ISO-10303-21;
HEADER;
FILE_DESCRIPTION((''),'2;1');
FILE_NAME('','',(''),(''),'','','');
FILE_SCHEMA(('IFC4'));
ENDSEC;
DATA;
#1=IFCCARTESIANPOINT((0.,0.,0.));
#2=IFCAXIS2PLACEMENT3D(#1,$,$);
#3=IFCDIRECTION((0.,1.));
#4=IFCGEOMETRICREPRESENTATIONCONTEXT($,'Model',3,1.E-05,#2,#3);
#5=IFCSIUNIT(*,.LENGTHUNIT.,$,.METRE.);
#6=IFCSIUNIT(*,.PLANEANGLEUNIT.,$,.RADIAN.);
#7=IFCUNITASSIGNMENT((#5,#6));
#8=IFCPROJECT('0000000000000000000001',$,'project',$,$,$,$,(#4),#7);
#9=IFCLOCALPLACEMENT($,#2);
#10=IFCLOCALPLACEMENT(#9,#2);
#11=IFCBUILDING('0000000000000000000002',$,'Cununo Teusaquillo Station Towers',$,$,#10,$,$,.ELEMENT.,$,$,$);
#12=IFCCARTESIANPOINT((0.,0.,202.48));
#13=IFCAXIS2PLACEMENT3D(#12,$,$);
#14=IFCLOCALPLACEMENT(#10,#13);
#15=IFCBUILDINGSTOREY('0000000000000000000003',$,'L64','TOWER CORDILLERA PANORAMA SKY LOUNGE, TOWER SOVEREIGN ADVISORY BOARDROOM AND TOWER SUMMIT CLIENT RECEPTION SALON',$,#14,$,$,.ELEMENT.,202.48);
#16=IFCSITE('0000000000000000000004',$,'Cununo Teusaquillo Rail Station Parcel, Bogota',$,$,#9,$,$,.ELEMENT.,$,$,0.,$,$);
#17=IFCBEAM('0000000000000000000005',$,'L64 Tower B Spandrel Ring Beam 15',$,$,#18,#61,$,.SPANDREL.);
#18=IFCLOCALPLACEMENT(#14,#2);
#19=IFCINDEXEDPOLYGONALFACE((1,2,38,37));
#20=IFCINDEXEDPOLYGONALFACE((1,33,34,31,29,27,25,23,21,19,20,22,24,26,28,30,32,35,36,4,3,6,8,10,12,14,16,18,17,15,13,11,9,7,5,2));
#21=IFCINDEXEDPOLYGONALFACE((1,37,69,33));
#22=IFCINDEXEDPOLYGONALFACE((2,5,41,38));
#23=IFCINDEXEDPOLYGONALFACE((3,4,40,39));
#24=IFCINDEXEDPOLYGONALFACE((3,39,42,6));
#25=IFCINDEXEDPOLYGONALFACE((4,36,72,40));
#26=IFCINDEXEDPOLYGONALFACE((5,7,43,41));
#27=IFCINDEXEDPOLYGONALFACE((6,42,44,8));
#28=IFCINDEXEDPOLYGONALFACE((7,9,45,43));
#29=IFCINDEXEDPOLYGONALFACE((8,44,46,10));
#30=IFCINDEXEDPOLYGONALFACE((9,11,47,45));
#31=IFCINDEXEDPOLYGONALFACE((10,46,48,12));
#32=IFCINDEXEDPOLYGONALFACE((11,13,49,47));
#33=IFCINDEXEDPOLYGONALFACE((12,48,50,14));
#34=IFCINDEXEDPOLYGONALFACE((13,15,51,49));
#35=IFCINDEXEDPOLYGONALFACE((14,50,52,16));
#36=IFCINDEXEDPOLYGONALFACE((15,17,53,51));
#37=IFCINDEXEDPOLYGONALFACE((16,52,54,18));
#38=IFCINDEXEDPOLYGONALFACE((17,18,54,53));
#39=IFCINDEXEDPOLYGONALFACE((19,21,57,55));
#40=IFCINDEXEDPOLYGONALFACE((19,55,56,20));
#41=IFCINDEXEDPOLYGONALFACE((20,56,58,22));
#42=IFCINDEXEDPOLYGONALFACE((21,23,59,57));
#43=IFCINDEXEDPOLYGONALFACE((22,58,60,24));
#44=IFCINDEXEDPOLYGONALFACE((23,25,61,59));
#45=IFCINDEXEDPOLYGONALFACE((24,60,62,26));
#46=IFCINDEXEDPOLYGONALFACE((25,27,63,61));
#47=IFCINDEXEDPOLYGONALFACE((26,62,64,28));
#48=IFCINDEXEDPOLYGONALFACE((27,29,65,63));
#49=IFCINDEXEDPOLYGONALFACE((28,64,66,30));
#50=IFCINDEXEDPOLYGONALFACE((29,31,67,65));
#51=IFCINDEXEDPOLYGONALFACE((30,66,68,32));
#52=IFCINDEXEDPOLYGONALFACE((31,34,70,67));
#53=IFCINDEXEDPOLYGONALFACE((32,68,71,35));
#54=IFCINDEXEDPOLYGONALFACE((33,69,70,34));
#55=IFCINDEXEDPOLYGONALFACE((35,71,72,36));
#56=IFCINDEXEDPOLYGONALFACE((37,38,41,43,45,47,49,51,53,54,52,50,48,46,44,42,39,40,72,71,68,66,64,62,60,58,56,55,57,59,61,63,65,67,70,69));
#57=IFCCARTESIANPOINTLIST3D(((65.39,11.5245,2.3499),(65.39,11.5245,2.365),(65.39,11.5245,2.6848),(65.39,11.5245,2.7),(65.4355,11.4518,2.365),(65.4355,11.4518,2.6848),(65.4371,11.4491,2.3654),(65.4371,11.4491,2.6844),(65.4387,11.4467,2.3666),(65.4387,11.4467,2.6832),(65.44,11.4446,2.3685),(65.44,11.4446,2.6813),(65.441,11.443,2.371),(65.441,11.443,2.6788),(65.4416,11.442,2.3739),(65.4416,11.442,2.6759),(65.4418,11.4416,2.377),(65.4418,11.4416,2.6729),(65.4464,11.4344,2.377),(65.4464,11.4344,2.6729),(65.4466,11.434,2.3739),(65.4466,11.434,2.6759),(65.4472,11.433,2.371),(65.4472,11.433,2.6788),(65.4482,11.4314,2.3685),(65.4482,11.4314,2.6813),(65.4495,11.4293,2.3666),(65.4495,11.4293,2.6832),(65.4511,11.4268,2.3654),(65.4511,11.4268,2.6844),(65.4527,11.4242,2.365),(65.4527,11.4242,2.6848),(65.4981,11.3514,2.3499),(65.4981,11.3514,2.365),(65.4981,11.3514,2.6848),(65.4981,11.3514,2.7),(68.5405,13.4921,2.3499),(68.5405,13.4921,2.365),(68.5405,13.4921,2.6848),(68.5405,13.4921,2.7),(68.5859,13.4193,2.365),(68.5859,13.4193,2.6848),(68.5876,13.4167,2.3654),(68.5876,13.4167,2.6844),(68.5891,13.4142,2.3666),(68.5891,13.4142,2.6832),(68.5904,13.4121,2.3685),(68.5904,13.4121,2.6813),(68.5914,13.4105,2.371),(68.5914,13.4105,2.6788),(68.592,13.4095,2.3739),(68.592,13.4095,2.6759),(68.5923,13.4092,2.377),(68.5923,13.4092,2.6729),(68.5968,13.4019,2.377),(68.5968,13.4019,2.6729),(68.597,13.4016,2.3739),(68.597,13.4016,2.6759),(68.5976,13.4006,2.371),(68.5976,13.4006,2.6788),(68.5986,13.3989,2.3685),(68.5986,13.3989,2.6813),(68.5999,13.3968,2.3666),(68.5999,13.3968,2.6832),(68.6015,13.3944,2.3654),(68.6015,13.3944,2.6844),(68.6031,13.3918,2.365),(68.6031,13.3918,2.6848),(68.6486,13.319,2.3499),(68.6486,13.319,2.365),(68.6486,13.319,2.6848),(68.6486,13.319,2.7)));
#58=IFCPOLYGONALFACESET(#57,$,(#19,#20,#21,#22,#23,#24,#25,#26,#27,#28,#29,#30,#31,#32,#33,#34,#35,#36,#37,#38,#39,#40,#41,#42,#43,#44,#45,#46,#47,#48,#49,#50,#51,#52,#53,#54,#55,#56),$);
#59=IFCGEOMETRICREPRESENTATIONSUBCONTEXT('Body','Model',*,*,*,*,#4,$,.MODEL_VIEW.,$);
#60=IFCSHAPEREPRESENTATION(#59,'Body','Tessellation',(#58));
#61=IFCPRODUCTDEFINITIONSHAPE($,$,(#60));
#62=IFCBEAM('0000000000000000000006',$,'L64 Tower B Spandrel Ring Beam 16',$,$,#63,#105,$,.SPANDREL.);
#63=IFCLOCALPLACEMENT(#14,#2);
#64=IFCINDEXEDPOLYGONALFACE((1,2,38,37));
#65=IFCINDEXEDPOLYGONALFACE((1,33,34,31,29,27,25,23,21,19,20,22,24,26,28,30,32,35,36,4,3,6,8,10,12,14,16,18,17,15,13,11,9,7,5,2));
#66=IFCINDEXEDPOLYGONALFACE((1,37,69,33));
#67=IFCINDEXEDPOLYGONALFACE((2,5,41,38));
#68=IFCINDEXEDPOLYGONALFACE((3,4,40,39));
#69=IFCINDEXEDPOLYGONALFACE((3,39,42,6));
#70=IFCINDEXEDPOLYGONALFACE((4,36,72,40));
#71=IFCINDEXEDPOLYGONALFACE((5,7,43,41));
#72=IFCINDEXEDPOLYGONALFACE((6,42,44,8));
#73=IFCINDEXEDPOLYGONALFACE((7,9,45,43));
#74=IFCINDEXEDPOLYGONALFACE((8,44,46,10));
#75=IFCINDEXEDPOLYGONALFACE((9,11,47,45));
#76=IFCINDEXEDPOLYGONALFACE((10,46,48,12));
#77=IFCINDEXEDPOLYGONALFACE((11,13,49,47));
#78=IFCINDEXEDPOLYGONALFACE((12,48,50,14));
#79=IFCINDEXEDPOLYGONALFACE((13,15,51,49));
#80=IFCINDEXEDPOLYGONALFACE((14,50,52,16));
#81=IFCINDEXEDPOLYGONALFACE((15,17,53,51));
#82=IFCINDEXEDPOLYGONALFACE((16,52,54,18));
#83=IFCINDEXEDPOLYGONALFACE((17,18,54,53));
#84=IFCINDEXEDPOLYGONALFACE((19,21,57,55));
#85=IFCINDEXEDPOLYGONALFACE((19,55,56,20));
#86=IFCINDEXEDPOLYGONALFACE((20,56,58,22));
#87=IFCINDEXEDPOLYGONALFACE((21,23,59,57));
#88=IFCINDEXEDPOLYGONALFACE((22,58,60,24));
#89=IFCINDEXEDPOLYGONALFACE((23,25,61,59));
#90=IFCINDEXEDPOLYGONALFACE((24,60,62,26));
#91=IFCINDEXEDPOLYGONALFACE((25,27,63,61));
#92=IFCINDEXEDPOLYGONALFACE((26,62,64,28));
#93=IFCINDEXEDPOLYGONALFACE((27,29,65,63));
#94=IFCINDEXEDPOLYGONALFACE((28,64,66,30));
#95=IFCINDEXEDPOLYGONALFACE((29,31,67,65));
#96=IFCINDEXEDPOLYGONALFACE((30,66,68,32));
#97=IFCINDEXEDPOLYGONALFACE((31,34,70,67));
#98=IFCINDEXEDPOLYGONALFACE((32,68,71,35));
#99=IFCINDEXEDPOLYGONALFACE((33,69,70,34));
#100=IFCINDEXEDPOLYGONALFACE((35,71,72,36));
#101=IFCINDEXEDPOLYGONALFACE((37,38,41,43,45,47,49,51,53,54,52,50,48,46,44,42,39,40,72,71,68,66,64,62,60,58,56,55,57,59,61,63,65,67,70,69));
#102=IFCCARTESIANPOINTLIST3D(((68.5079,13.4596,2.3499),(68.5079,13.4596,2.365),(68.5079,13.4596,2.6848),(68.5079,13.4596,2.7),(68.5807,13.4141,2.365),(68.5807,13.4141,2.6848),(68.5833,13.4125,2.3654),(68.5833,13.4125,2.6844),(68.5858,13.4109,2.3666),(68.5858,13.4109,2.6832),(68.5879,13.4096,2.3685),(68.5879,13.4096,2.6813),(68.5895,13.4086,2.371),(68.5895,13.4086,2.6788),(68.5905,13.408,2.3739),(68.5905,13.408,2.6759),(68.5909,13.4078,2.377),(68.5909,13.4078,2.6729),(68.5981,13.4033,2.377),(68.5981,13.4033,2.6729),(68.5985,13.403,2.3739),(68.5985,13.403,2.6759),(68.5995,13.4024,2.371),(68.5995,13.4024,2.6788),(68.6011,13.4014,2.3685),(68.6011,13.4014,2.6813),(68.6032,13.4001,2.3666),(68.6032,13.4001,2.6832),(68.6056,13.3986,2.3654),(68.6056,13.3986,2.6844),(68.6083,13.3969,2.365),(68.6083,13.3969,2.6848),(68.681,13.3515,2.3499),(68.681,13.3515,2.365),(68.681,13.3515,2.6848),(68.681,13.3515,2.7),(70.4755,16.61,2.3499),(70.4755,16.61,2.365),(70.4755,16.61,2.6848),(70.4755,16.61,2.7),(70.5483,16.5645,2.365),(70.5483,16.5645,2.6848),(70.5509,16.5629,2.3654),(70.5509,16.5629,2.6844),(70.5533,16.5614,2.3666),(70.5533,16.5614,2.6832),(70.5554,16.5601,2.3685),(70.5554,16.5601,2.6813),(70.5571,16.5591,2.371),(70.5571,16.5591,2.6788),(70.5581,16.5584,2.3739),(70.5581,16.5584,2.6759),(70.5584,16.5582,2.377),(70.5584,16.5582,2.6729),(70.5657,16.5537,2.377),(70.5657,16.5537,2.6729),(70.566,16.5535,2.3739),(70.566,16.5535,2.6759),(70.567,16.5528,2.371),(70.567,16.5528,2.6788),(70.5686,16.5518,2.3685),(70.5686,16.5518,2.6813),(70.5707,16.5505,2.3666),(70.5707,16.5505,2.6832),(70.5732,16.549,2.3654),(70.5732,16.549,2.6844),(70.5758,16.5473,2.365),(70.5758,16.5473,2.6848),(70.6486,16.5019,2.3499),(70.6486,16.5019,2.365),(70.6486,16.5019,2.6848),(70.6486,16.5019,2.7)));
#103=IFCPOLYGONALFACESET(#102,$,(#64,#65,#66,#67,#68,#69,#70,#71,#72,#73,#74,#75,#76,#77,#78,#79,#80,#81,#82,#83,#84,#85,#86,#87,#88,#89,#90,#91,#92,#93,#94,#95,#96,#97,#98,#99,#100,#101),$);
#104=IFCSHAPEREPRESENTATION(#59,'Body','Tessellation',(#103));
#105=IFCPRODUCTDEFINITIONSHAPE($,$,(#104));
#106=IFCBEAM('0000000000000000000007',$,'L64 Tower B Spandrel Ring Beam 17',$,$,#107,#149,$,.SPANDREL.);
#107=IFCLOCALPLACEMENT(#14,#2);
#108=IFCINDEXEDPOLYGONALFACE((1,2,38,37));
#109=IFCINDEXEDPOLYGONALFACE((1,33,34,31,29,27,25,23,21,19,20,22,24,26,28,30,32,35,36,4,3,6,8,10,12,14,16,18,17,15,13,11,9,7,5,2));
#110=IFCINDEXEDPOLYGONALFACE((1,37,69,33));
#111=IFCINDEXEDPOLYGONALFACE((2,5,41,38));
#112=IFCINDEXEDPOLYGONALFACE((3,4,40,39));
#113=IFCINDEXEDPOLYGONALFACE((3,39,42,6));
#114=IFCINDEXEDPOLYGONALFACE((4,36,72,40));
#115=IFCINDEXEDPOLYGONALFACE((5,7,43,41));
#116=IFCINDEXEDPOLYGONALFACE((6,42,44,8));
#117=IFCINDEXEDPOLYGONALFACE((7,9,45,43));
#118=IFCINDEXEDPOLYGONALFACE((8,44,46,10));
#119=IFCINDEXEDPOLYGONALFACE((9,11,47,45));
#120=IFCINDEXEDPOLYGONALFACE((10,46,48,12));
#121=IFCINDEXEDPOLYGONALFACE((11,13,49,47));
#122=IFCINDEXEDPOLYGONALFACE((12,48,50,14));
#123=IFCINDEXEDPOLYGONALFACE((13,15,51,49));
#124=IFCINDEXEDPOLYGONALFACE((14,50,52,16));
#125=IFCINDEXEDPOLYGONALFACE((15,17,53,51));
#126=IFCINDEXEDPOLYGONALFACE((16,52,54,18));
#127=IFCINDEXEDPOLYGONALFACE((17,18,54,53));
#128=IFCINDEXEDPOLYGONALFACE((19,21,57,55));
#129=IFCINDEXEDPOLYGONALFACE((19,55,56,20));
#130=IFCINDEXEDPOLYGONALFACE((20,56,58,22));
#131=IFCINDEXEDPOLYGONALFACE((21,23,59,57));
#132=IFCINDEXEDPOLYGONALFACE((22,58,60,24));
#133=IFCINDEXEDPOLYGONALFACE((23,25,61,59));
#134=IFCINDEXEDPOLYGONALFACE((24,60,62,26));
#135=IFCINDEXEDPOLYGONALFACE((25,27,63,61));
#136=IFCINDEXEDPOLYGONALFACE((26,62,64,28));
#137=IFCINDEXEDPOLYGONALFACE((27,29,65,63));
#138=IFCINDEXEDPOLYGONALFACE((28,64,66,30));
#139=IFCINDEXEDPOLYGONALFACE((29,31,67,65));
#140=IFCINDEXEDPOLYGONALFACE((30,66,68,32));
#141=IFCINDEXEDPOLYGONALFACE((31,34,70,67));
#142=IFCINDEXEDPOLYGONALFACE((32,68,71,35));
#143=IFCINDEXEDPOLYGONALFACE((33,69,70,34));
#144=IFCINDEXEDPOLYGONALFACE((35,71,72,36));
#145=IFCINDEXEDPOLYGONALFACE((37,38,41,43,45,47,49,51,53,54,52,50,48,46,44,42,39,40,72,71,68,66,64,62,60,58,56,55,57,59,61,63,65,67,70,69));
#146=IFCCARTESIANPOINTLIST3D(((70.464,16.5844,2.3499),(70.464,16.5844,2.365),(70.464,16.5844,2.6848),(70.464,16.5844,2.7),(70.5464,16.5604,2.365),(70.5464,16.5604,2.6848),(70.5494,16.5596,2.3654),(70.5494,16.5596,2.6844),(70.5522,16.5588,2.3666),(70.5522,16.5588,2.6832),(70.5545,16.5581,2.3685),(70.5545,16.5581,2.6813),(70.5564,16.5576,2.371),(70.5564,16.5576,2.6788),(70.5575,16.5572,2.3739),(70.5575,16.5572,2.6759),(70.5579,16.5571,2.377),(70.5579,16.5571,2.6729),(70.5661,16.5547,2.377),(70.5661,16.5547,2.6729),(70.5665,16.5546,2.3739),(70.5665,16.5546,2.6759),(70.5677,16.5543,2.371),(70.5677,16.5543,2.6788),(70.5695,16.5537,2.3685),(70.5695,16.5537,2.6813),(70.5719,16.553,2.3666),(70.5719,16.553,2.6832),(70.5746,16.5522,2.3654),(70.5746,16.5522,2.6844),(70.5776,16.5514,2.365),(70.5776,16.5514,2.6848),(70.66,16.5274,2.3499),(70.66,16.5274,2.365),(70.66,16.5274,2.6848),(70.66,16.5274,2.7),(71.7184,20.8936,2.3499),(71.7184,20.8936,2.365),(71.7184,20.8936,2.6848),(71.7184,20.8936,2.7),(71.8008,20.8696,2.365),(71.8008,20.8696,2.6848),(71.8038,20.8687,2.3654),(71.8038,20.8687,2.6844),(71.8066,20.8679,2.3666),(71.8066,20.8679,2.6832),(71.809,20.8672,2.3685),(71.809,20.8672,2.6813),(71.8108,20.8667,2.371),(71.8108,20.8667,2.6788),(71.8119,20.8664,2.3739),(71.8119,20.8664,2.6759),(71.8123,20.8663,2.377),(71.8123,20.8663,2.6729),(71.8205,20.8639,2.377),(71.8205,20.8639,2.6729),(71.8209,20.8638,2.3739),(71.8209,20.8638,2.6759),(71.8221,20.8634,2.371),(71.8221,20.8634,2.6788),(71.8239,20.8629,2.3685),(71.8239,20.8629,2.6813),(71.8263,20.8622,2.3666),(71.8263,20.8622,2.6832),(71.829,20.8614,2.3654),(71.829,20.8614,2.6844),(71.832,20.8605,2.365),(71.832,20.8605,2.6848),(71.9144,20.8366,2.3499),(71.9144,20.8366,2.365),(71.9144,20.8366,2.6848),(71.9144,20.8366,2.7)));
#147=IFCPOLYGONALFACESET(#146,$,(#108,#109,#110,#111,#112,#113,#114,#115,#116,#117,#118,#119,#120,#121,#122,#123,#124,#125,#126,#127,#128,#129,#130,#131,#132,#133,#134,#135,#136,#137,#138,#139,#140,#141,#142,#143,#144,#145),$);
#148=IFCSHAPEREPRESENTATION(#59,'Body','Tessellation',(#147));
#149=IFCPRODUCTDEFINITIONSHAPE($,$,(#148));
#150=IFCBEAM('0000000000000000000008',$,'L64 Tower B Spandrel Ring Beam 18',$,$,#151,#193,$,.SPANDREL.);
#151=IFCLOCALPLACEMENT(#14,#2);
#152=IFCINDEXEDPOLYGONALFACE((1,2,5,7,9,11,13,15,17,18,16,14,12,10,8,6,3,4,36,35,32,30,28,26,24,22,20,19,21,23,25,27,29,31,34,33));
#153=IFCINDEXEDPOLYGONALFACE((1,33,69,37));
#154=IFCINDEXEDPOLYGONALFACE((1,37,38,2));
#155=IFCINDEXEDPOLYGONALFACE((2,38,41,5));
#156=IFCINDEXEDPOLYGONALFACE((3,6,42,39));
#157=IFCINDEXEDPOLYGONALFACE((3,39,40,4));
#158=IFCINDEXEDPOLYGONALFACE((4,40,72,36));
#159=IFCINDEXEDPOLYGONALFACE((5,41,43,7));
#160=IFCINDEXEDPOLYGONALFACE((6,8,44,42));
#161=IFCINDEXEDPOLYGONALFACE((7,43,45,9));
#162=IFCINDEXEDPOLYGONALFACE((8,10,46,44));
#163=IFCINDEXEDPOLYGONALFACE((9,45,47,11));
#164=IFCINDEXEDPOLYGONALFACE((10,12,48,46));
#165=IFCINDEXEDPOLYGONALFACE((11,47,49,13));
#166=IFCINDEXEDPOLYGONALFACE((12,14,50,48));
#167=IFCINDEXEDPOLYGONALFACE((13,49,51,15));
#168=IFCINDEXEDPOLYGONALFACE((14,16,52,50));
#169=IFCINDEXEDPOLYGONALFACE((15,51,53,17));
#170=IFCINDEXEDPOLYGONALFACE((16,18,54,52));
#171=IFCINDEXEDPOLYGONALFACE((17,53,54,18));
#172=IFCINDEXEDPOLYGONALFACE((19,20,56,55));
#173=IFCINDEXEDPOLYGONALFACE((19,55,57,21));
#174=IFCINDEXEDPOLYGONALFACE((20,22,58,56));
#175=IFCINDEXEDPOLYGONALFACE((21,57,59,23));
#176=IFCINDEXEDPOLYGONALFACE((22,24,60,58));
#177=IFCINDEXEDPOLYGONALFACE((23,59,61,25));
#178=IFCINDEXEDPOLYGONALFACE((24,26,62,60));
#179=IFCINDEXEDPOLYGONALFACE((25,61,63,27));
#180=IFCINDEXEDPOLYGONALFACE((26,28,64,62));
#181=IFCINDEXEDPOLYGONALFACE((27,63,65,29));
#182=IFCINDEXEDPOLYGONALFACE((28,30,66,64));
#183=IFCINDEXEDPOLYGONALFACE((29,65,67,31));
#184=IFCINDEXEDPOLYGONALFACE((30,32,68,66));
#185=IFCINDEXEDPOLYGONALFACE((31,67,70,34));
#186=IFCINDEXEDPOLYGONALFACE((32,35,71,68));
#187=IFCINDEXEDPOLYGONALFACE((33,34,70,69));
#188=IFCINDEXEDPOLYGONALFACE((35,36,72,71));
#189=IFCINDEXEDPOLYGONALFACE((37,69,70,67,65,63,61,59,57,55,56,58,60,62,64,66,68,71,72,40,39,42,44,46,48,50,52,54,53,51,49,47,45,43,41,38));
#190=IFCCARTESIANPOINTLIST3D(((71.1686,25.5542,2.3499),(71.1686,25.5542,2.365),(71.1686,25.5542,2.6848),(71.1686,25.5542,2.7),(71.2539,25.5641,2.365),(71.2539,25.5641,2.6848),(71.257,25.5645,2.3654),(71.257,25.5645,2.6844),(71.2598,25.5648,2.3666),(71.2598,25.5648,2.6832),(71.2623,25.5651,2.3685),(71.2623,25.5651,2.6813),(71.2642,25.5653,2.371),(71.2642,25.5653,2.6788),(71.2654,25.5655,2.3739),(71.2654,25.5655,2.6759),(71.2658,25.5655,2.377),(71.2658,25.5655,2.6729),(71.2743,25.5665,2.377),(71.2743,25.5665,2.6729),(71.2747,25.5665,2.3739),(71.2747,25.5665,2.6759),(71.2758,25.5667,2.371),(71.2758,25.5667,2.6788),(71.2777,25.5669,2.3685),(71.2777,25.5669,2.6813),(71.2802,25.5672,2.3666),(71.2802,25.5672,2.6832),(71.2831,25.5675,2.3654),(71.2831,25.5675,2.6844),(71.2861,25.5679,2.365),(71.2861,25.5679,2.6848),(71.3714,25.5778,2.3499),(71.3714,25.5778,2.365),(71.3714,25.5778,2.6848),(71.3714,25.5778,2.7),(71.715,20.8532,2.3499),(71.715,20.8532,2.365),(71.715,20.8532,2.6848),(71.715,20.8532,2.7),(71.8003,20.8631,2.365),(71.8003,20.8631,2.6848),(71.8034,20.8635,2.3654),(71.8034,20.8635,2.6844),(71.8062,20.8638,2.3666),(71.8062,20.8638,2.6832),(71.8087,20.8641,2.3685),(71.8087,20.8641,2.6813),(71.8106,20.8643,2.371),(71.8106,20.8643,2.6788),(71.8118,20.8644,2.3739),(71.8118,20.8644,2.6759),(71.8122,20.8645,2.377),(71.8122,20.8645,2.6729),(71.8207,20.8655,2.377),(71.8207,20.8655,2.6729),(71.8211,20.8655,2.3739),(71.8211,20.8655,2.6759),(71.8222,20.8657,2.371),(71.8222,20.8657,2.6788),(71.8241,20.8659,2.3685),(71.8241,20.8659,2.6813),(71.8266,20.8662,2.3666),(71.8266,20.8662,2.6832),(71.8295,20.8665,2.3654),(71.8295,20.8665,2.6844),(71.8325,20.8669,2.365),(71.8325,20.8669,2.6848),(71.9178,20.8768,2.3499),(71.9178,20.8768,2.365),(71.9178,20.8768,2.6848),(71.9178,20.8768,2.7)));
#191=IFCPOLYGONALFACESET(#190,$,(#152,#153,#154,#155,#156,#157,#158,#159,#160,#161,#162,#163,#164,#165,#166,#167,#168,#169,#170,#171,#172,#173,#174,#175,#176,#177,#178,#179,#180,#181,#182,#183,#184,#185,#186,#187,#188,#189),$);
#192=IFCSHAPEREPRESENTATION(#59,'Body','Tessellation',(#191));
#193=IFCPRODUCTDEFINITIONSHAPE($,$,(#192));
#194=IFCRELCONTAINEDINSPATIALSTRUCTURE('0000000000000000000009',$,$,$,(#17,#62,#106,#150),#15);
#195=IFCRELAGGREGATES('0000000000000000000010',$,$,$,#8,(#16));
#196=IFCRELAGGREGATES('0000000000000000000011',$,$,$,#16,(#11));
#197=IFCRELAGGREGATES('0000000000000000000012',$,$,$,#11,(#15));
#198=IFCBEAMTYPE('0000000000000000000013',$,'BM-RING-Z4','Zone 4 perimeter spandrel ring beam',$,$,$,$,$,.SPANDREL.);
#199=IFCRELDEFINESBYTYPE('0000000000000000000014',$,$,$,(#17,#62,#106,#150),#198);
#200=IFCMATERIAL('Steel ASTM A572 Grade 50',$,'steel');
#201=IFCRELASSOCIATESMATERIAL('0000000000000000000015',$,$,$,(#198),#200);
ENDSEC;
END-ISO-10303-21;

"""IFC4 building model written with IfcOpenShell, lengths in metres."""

from ifc_helpers import new_model, si_unit, direction, frame, origin, origin_2d, place, context, subcontext, project, spatial, i_section, extrude, material, material_profile, profile_set, type_object, element, save


model = new_model("IFC4")

# Units and contexts
model_context = context("Model", 3, precision=1e-05, world=origin(), true_north=direction((0.0, 1.0)))
body_context = subcontext(model_context, "Body", "Model", "MODEL_VIEW")
ifc_project = project(units=[si_unit("LENGTHUNIT", "METRE"), si_unit("PLANEANGLEUNIT", "RADIAN")], contexts=[model_context])

# Site, building, storey
site_placement = place(None, origin())
site = spatial("IfcSite", under=ifc_project, at=site_placement, Name="Cununo Teusaquillo Rail Station Parcel, Bogota", CompositionType="ELEMENT", RefElevation=0.0)
building_placement = place(site_placement, origin())
building = spatial("IfcBuilding", under=site, at=building_placement, Name="Cununo Teusaquillo Station Towers", CompositionType="ELEMENT")
storey_placement = place(building_placement, frame((0.0, 0.0, 202.48)))
storey = spatial("IfcBuildingStorey", under=building, at=storey_placement, Name="L64", Description="TOWER CORDILLERA PANORAMA SKY LOUNGE, TOWER SOVEREIGN ADVISORY BOARDROOM AND TOWER SUMMIT CLIENT RECEPTION SALON", CompositionType="ELEMENT", Elevation=202.48)

# Beams
ifc_material_1 = material(Name="Steel ASTM A572 Grade 50", Category="steel")
ifc_material_profile_1 = material_profile(ifc_material_1, i_section(OverallWidth=0.2041, OverallDepth=0.3501, WebThickness=0.0085, FlangeThickness=0.0151, FilletRadius=0.012, at=origin_2d()), Name="W14X48")
ifc_profile_set_1 = profile_set([ifc_material_profile_1], Name="Steel ASTM A572 Grade 50")
beam_type_1 = type_object("IfcBeamType", Name="BM-RING-Z4", Description="Zone 4 perimeter spandrel ring beam", PredefinedType="SPANDREL", material=ifc_profile_set_1)
for number, where, z_axis, x_axis, name in (
    (1, (65.4441, 11.438, 2.5249), (0.848176, 0.529715, 0.0), (-0.529715, 0.848176, 0.0), "L64 Tower B Spandrel Ring Beam 15"),
    (2, (68.5945, 13.4055, 2.5249), (0.529715, 0.848176, 0.0), (-0.848176, 0.529715, 0.0), "L64 Tower B Spandrel Ring Beam 16"),
):
    element("IfcBeam", number, at=place(storey_placement, frame(where, z_axis=z_axis, x_axis=x_axis)), inside=storey, type_object=beam_type_1, Name=name, PredefinedType="SPANDREL", context=body_context, shape_type="SweptSolid", body=[
        extrude(i_section(OverallWidth=0.2041, OverallDepth=0.3501, WebThickness=0.0085, FlangeThickness=0.0151, FilletRadius=0.012, at=origin_2d()), origin(), (0.0, 0.0, 1.0), 3.7144),
    ])
beam_1_placement = place(storey_placement, frame((70.562, 16.5559, 2.5249), z_axis=(0.279503, 0.960145, 0.0), x_axis=(-0.960145, 0.279503, 0.0)))
element("IfcBeam", 3, at=beam_1_placement, inside=storey, type_object=beam_type_1, Name="L64 Tower B Spandrel Ring Beam 17", PredefinedType="SPANDREL", context=body_context, shape_type="SweptSolid", body=[
    extrude(i_section(OverallWidth=0.2041, OverallDepth=0.3501, WebThickness=0.0085, FlangeThickness=0.0151, FilletRadius=0.012, at=origin_2d()), origin(), (0.0, 0.0, 1.0), 4.488),
])
beam_2_placement = place(storey_placement, frame((71.8164, 20.865, 2.5249), z_axis=(-0.115452, 0.993313, 0.0), x_axis=(-0.993313, -0.115452, 0.0)))
element("IfcBeam", 4, at=beam_2_placement, inside=storey, type_object=beam_type_1, Name="L64 Tower B Spandrel Ring Beam 18", PredefinedType="SPANDREL", context=body_context, shape_type="SweptSolid", body=[
    extrude(i_section(OverallWidth=0.2041, OverallDepth=0.3501, WebThickness=0.0085, FlangeThickness=0.0151, FilletRadius=0.012, at=origin_2d()), origin(), (0.0, 0.0, 1.0), 4.7327),
])

save(model, "model.ifc")
